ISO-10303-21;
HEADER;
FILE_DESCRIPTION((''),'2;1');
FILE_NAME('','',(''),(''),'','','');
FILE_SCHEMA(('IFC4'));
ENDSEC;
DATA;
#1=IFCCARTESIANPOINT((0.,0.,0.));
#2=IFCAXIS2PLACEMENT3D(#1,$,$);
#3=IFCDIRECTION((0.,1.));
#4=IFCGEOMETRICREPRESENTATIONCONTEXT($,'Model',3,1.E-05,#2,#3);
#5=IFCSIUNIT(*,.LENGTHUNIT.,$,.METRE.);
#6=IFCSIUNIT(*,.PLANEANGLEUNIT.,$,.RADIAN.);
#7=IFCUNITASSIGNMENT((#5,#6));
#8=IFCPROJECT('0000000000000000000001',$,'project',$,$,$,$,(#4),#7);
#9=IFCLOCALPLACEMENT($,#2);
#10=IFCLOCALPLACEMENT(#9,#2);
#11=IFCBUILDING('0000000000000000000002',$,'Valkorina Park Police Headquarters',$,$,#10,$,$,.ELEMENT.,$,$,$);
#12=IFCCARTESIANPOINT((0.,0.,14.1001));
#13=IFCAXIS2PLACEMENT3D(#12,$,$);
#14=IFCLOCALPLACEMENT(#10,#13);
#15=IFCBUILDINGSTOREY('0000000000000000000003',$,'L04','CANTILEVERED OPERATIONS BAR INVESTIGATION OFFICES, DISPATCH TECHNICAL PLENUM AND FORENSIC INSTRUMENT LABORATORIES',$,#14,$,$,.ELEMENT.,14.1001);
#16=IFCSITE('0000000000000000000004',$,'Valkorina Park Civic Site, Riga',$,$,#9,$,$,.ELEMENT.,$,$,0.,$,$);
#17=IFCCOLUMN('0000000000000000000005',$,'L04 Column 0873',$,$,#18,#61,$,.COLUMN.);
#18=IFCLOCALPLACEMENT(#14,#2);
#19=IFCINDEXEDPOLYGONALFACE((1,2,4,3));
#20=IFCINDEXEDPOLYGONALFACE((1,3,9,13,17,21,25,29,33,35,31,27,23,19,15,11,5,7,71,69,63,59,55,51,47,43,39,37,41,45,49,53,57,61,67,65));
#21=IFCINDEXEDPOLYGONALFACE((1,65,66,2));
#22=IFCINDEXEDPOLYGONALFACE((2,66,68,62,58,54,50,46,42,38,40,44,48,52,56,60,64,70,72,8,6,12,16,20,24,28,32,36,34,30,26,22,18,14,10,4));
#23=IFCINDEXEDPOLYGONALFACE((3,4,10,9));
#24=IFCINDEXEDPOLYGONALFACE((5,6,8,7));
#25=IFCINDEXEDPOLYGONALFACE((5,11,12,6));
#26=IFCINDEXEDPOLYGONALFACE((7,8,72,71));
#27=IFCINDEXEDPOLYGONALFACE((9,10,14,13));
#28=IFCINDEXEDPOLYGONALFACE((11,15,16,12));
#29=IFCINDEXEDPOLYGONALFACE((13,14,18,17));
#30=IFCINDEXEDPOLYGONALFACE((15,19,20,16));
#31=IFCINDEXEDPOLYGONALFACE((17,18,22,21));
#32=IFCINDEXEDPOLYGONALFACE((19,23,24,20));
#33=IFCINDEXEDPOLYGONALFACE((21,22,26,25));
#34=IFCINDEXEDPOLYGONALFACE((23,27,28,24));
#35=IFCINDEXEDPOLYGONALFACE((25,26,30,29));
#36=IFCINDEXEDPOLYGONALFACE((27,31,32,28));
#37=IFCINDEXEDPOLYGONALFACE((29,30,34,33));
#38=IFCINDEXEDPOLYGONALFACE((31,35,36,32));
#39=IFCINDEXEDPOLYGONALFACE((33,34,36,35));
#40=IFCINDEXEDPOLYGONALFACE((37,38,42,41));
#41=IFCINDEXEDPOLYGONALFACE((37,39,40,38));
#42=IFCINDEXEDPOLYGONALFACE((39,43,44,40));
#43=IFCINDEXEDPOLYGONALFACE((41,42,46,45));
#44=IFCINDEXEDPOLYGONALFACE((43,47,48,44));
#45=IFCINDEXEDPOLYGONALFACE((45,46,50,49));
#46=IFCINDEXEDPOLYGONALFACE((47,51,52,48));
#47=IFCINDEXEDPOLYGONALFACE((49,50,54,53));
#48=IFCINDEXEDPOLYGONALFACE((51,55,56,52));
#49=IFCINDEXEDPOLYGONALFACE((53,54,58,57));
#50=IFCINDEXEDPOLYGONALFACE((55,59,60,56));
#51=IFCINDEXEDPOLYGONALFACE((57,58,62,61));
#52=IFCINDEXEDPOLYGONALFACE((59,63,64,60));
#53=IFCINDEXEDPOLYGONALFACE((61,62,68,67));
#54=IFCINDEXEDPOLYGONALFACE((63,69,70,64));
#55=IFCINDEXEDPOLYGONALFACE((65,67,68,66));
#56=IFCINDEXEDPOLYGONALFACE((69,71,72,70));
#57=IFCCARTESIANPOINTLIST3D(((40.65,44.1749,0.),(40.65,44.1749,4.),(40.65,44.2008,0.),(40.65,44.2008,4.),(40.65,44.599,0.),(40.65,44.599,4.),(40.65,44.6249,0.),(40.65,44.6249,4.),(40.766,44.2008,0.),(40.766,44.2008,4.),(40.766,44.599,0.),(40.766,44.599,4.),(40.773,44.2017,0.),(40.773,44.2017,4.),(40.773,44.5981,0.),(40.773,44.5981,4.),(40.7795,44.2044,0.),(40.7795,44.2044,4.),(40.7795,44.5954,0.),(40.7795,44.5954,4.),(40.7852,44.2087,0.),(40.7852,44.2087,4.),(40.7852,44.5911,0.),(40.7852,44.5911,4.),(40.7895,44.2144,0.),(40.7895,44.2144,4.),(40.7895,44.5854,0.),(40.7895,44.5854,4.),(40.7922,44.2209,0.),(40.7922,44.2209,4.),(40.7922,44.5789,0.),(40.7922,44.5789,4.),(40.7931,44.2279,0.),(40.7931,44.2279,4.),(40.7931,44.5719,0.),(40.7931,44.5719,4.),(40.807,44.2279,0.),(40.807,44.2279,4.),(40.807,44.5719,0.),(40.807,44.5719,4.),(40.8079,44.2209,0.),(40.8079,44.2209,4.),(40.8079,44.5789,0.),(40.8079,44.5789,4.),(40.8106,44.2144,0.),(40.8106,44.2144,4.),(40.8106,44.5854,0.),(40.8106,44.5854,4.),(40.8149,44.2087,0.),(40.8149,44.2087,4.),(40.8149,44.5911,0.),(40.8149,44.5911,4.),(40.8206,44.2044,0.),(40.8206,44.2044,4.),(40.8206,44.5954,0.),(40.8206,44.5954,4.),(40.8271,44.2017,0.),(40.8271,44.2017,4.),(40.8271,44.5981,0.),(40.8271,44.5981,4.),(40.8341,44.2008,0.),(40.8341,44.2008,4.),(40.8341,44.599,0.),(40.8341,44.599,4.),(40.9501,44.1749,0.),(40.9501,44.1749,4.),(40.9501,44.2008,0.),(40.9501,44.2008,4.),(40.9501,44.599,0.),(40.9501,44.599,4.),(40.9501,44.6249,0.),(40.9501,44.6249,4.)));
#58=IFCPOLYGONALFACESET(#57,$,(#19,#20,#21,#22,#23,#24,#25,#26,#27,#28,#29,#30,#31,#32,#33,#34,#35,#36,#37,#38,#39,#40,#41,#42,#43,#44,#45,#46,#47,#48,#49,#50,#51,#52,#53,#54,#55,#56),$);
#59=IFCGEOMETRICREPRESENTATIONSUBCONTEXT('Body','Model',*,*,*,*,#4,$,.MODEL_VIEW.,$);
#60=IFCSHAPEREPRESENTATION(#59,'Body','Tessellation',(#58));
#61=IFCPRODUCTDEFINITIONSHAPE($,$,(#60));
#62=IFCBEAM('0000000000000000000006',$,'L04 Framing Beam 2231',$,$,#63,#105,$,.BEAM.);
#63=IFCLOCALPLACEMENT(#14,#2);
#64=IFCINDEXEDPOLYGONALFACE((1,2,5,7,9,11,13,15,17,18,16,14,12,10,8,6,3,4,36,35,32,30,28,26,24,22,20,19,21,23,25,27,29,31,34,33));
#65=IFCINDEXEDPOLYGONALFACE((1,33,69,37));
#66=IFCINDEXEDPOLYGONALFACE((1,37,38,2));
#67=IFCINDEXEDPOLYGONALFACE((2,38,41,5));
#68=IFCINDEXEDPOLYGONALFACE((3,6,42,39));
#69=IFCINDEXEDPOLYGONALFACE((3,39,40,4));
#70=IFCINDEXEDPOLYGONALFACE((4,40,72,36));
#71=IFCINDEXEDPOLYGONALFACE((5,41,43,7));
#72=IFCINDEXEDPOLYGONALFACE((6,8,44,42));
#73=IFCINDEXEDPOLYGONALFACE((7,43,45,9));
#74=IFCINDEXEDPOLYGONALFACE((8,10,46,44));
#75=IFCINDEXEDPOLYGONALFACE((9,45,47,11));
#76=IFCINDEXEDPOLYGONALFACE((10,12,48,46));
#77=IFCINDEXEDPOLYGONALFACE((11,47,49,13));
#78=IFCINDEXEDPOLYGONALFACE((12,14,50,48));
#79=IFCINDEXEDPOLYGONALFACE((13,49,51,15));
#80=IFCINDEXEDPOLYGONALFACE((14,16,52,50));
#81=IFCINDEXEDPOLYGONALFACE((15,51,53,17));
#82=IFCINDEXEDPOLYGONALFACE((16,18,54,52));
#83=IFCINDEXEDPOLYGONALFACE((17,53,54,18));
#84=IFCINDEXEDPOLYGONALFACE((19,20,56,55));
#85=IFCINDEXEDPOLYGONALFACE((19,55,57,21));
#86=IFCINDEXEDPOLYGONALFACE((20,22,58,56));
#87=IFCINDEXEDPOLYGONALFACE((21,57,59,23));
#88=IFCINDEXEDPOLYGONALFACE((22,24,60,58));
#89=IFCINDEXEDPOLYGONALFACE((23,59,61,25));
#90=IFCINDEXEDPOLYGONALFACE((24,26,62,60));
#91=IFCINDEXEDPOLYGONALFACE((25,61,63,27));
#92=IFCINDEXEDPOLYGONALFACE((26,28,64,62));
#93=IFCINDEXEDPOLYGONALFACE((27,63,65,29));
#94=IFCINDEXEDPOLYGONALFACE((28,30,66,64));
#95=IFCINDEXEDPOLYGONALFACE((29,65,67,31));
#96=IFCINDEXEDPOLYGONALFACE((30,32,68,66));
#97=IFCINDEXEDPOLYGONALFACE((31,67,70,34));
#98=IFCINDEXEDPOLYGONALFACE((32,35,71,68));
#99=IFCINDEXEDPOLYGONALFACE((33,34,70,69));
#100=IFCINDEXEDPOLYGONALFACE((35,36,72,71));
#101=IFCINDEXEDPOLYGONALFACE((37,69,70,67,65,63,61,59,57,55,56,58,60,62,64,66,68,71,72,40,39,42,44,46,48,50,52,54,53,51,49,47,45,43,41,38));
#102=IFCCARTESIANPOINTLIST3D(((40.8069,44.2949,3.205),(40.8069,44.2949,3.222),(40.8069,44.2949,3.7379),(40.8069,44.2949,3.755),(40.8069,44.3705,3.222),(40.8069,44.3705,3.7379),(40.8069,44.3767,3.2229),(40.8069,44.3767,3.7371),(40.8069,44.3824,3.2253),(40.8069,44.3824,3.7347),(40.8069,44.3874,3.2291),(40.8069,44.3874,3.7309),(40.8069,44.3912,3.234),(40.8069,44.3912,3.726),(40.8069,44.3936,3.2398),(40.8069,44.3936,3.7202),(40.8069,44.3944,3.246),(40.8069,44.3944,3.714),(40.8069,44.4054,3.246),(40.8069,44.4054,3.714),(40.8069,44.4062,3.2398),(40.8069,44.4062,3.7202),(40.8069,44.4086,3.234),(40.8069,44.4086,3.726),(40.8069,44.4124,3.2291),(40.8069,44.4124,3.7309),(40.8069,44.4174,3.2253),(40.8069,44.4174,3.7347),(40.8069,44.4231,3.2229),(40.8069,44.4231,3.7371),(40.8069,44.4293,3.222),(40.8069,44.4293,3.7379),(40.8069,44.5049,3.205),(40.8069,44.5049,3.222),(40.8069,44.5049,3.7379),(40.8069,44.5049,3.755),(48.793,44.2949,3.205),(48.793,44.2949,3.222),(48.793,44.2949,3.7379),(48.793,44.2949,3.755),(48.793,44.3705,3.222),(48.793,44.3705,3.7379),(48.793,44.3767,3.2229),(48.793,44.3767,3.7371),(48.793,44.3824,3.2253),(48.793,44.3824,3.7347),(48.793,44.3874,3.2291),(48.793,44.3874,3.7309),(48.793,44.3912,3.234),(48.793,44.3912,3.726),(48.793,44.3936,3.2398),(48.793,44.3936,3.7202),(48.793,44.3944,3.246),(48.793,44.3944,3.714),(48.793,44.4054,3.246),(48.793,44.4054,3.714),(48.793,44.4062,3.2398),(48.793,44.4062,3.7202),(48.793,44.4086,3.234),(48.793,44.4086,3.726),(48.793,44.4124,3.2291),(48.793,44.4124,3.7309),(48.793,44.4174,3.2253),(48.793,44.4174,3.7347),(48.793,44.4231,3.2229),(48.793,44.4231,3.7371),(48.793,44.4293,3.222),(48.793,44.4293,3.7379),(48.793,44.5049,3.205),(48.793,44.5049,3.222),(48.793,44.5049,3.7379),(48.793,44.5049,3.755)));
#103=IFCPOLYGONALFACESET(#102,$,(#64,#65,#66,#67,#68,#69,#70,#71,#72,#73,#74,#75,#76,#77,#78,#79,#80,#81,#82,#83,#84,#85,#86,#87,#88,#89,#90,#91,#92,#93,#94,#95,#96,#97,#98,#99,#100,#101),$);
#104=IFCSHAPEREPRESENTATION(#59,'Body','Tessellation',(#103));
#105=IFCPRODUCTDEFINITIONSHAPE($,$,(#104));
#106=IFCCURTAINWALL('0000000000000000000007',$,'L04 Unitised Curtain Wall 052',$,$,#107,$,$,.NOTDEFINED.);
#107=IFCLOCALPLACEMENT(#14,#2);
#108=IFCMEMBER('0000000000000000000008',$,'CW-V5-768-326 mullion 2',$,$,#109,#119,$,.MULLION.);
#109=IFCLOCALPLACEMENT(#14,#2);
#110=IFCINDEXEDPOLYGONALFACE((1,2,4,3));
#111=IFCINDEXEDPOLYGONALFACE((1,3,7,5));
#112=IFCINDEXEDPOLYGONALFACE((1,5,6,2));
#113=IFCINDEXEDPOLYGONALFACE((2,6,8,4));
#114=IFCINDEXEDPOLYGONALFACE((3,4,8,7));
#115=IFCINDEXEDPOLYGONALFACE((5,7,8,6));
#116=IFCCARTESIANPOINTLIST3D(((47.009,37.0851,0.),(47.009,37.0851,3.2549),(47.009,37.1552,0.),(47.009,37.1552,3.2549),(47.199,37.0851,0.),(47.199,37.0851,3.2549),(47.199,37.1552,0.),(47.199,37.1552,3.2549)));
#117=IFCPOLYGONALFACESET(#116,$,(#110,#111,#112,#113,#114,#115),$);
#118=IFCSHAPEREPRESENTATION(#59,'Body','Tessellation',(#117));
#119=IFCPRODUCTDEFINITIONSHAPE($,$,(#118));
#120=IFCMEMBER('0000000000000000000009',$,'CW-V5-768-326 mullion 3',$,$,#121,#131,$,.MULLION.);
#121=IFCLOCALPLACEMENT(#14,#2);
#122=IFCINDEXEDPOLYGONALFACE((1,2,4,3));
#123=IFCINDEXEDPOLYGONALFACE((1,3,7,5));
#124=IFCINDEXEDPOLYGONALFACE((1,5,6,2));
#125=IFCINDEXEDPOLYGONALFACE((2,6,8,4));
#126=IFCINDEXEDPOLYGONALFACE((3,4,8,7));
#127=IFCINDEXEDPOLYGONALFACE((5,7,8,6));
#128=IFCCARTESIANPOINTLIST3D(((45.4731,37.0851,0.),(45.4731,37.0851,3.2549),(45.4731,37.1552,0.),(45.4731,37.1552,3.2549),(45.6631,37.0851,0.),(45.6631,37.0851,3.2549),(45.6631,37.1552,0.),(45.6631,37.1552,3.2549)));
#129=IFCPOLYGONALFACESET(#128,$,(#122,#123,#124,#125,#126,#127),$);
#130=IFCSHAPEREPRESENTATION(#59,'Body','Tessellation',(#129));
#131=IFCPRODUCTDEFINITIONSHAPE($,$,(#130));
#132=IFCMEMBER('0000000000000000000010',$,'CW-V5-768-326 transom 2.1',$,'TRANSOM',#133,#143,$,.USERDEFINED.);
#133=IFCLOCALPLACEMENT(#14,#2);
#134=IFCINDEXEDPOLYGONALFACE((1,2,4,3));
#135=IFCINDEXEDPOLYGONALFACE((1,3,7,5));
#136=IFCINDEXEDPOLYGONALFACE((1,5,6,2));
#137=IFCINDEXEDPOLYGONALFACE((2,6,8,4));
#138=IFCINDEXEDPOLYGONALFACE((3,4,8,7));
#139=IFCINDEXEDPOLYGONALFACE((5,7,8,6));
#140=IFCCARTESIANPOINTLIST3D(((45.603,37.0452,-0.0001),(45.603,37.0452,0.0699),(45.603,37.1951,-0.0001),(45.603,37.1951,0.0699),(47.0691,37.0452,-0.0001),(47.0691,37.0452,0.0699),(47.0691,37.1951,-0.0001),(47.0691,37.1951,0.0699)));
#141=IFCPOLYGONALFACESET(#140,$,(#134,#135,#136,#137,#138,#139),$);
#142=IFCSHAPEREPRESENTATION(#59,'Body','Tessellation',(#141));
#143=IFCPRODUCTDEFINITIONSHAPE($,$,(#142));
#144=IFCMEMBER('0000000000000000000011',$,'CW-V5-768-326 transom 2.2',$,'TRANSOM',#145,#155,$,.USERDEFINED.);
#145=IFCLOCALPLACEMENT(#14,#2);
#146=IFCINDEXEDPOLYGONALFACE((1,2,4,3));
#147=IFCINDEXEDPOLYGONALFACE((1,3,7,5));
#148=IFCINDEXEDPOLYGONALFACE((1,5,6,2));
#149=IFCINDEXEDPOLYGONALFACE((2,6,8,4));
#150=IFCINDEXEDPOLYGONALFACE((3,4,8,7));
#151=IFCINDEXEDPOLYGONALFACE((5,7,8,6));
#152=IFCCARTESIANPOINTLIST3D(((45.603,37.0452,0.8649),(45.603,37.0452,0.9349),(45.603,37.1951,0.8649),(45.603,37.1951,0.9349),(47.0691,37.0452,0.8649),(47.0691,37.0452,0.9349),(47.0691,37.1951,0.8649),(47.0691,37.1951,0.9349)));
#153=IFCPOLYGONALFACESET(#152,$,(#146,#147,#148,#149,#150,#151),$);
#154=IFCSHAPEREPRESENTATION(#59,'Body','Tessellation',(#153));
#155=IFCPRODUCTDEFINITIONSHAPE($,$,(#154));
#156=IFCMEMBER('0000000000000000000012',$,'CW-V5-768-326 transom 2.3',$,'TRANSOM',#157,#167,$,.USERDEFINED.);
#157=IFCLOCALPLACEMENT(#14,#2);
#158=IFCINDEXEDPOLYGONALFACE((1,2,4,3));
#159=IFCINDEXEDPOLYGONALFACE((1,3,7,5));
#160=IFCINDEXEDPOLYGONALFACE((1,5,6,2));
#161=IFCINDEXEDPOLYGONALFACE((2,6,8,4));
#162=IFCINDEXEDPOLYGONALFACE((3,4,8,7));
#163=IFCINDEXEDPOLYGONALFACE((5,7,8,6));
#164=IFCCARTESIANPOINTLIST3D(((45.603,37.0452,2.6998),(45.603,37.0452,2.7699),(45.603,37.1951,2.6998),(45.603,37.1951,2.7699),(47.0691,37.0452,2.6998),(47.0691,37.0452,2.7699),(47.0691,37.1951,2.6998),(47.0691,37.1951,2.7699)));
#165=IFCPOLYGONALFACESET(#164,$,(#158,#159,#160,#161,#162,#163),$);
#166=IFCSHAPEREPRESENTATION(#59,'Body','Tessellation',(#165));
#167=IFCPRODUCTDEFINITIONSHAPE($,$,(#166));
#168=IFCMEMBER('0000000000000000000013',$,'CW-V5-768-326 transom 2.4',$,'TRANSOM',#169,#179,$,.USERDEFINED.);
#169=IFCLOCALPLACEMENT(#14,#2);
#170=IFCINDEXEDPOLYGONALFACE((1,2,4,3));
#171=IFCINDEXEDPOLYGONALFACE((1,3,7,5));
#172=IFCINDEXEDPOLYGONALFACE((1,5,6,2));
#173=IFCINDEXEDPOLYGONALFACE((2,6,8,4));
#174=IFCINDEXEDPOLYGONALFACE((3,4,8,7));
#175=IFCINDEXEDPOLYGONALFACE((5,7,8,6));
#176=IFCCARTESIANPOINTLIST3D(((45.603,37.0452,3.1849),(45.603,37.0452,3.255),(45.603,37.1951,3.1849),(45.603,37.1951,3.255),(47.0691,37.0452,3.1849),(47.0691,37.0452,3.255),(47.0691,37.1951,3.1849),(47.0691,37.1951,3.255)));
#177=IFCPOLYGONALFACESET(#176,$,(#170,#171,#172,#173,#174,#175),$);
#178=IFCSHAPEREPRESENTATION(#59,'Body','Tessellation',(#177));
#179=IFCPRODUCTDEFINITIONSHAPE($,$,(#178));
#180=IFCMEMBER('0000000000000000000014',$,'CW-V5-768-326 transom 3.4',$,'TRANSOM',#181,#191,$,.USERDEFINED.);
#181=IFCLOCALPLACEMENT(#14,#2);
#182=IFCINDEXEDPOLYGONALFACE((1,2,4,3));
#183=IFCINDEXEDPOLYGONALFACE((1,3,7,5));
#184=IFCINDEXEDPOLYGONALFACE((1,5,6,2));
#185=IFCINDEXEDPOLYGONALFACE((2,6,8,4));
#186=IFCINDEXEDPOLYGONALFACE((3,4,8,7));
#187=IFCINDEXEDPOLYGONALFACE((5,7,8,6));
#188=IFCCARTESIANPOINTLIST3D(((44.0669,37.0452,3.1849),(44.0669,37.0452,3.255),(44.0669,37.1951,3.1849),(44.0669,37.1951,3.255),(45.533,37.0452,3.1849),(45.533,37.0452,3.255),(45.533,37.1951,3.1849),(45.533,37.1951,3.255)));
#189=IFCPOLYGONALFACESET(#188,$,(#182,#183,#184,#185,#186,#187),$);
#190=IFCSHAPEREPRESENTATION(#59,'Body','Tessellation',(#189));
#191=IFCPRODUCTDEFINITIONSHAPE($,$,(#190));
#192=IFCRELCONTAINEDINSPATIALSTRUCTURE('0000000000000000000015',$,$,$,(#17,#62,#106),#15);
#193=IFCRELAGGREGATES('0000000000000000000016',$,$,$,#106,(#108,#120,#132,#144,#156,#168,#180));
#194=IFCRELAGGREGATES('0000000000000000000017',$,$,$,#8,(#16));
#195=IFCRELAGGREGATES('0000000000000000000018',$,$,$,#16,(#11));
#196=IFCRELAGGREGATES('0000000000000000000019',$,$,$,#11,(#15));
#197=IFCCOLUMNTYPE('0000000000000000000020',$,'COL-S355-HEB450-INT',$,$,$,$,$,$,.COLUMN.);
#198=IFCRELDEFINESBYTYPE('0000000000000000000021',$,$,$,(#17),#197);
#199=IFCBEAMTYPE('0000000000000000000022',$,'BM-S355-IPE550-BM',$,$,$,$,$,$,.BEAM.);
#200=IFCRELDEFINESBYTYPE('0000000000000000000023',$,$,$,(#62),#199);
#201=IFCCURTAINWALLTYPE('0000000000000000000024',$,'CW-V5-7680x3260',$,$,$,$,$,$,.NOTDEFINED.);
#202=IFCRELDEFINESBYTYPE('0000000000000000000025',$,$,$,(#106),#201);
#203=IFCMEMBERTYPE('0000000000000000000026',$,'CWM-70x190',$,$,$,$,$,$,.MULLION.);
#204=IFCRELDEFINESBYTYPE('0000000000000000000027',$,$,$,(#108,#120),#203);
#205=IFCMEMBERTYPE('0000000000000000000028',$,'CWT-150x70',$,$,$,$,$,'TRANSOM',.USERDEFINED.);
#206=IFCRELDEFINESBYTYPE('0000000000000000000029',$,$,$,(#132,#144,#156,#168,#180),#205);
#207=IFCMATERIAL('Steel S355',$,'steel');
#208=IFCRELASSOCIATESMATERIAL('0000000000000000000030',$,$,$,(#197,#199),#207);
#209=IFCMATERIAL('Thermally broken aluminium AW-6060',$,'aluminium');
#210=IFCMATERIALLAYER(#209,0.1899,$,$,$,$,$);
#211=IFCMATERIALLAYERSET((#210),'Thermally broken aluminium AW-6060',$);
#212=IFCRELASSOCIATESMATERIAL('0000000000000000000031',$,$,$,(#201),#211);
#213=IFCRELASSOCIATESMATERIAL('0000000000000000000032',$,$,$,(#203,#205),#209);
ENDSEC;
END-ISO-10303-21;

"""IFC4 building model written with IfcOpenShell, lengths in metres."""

from ifc_helpers import new_model, si_unit, direction, frame, origin, origin_2d, place, context, subcontext, project, spatial, rectangle, i_section, extrude, material, layer, layer_set, material_profile, profile_set, type_object, element, aggregate, save


model = new_model("IFC4")

# Units and contexts
model_context = context("Model", 3, precision=1e-05, world=origin(), true_north=direction((0.0, 1.0)))
body_context = subcontext(model_context, "Body", "Model", "MODEL_VIEW")
ifc_project = project(units=[si_unit("LENGTHUNIT", "METRE"), si_unit("PLANEANGLEUNIT", "RADIAN")], contexts=[model_context])

# Site, building, storey
site_placement = place(None, origin())
site = spatial("IfcSite", under=ifc_project, at=site_placement, Name="Valkorina Park Civic Site, Riga", CompositionType="ELEMENT", RefElevation=0.0)
building_placement = place(site_placement, origin())
building = spatial("IfcBuilding", under=site, at=building_placement, Name="Valkorina Park Police Headquarters", CompositionType="ELEMENT")
storey_placement = place(building_placement, frame((0.0, 0.0, 14.1001)))
storey = spatial("IfcBuildingStorey", under=building, at=storey_placement, Name="L04", Description="CANTILEVERED OPERATIONS BAR INVESTIGATION OFFICES, DISPATCH TECHNICAL PLENUM AND FORENSIC INSTRUMENT LABORATORIES", CompositionType="ELEMENT", Elevation=14.1001)

# Column
ifc_material_1 = material(Name="Steel S355", Category="steel")
ifc_material_profile_1 = material_profile(ifc_material_1, i_section(OverallWidth=0.3, OverallDepth=0.45, WebThickness=0.0139, FlangeThickness=0.0259, FilletRadius=0.0271, at=origin_2d()), Name="HEB 450")
ifc_profile_set_1 = profile_set([ifc_material_profile_1], Name="Steel S355")
column_type = type_object("IfcColumnType", Name="COL-S355-HEB450-INT", PredefinedType="COLUMN", material=ifc_profile_set_1)
column_placement = place(storey_placement, frame((40.8, 44.3999, 0.0), z_axis=(0.0, 0.0, 1.0), x_axis=(1.0, 0.0, 0.0)))
element("IfcColumn", 1, at=column_placement, inside=storey, type_object=column_type, Name="L04 Column 0873", PredefinedType="COLUMN", context=body_context, shape_type="SweptSolid", body=[
    extrude(i_section(OverallWidth=0.3, OverallDepth=0.45, WebThickness=0.0139, FlangeThickness=0.0259, FilletRadius=0.0271, at=origin_2d()), origin(), (0.0, 0.0, 1.0), 4.0),
])

# Beam
ifc_material_profile_2 = material_profile(ifc_material_1, i_section(OverallWidth=0.21, OverallDepth=0.55, WebThickness=0.011, FlangeThickness=0.0171, FilletRadius=0.0239, at=origin_2d()), Name="IPE 550")
ifc_profile_set_2 = profile_set([ifc_material_profile_2], Name="Steel S355")
beam_type = type_object("IfcBeamType", Name="BM-S355-IPE550-BM", PredefinedType="BEAM", material=ifc_profile_set_2)
beam_placement = place(storey_placement, frame((40.8069, 44.3999, 3.48), z_axis=(1.0, 0.0, 0.0), x_axis=(0.0, 1.0, 0.0)))
element("IfcBeam", 2, at=beam_placement, inside=storey, type_object=beam_type, Name="L04 Framing Beam 2231", PredefinedType="BEAM", context=body_context, shape_type="SweptSolid", body=[
    extrude(i_section(OverallWidth=0.21, OverallDepth=0.55, WebThickness=0.011, FlangeThickness=0.0171, FilletRadius=0.0239, at=origin_2d()), origin(), (0.0, 0.0, 1.0), 7.9861),
])

# Curtain wall, members
ifc_material_2 = material(Name="Thermally broken aluminium AW-6060", Category="aluminium")
ifc_layer_1 = layer(ifc_material_2, 0.1899)
ifc_layer_set_1 = layer_set([ifc_layer_1], Name="Thermally broken aluminium AW-6060")
curtain_wall_type = type_object("IfcCurtainWallType", Name="CW-V5-7680x3260", PredefinedType="NOTDEFINED", material=ifc_layer_set_1)
curtain_wall_placement = place(storey_placement, origin())
curtain_wall = element("IfcCurtainWall", 3, at=curtain_wall_placement, inside=storey, type_object=curtain_wall_type, Name="L04 Unitised Curtain Wall 052", PredefinedType="NOTDEFINED")
ifc_material_profile_3 = material_profile(ifc_material_2, rectangle(XDim=0.0701, YDim=0.1899, at=origin_2d()), Name="CWM-02 70x190")
ifc_profile_set_3 = profile_set([ifc_material_profile_3], Name="Thermally broken aluminium AW-6060")
member_type_1 = type_object("IfcMemberType", Name="CWM-70x190", PredefinedType="MULLION", material=ifc_profile_set_3)
member_1_placement = place(storey_placement, frame((47.104, 37.1201, 0.0), z_axis=(0.0, 0.0, 1.0), x_axis=(0.0, -1.0, 0.0)))
member_1 = element("IfcMember", 4, at=member_1_placement, type_object=member_type_1, Name="CW-V5-768-326 mullion 2", PredefinedType="MULLION", context=body_context, shape_type="SweptSolid", body=[
    extrude(rectangle(XDim=0.0701, YDim=0.1899, at=origin_2d()), origin(), (0.0, 0.0, 1.0), 3.2549),
])
member_2_placement = place(storey_placement, frame((45.5681, 37.1201, 0.0), z_axis=(0.0, 0.0, 1.0), x_axis=(0.0, -1.0, 0.0)))
member_2 = element("IfcMember", 5, at=member_2_placement, type_object=member_type_1, Name="CW-V5-768-326 mullion 3", PredefinedType="MULLION", context=body_context, shape_type="SweptSolid", body=[
    extrude(rectangle(XDim=0.0701, YDim=0.1899, at=origin_2d()), origin(), (0.0, 0.0, 1.0), 3.2549),
])
ifc_material_profile_4 = material_profile(ifc_material_2, rectangle(XDim=0.1499, YDim=0.0701, at=origin_2d()), Name="CWT-02 150x70")
ifc_profile_set_4 = profile_set([ifc_material_profile_4], Name="Thermally broken aluminium AW-6060")
member_type_2 = type_object("IfcMemberType", Name="CWT-150x70", ElementType="TRANSOM", PredefinedType="USERDEFINED", material=ifc_profile_set_4)
member_3_placement = place(storey_placement, frame((47.0691, 37.1201, 0.0349), z_axis=(-1.0, 0.0, 0.0), x_axis=(0.0, -1.0, 0.0)))
member_3 = element("IfcMember", 6, at=member_3_placement, type_object=member_type_2, Name="CW-V5-768-326 transom 2.1", ObjectType="TRANSOM", PredefinedType="USERDEFINED", context=body_context, shape_type="SweptSolid", body=[
    extrude(rectangle(XDim=0.1499, YDim=0.0701, at=origin_2d()), origin(), (0.0, 0.0, 1.0), 1.4661),
])
member_4_placement = place(storey_placement, frame((47.0691, 37.1201, 0.8999), z_axis=(-1.0, 0.0, 0.0), x_axis=(0.0, -1.0, 0.0)))
member_4 = element("IfcMember", 7, at=member_4_placement, type_object=member_type_2, Name="CW-V5-768-326 transom 2.2", ObjectType="TRANSOM", PredefinedType="USERDEFINED", context=body_context, shape_type="SweptSolid", body=[
    extrude(rectangle(XDim=0.1499, YDim=0.0701, at=origin_2d()), origin(), (0.0, 0.0, 1.0), 1.4661),
])
member_5_placement = place(storey_placement, frame((47.0691, 37.1201, 2.7349), z_axis=(-1.0, 0.0, 0.0), x_axis=(0.0, -1.0, 0.0)))
member_5 = element("IfcMember", 8, at=member_5_placement, type_object=member_type_2, Name="CW-V5-768-326 transom 2.3", ObjectType="TRANSOM", PredefinedType="USERDEFINED", context=body_context, shape_type="SweptSolid", body=[
    extrude(rectangle(XDim=0.1499, YDim=0.0701, at=origin_2d()), origin(), (0.0, 0.0, 1.0), 1.4661),
])
member_6_placement = place(storey_placement, frame((47.0691, 37.1201, 3.22), z_axis=(-1.0, 0.0, 0.0), x_axis=(0.0, -1.0, 0.0)))
member_6 = element("IfcMember", 9, at=member_6_placement, type_object=member_type_2, Name="CW-V5-768-326 transom 2.4", ObjectType="TRANSOM", PredefinedType="USERDEFINED", context=body_context, shape_type="SweptSolid", body=[
    extrude(rectangle(XDim=0.1499, YDim=0.0701, at=origin_2d()), origin(), (0.0, 0.0, 1.0), 1.4661),
])
member_7_placement = place(storey_placement, frame((45.533, 37.1201, 3.22), z_axis=(-1.0, 0.0, 0.0), x_axis=(0.0, -1.0, 0.0)))
member_7 = element("IfcMember", 10, at=member_7_placement, type_object=member_type_2, Name="CW-V5-768-326 transom 3.4", ObjectType="TRANSOM", PredefinedType="USERDEFINED", context=body_context, shape_type="SweptSolid", body=[
    extrude(rectangle(XDim=0.1499, YDim=0.0701, at=origin_2d()), origin(), (0.0, 0.0, 1.0), 1.4661),
])
aggregate(curtain_wall, [member_1, member_2, member_3, member_4, member_5, member_6, member_7])

save(model, "model.ifc")
